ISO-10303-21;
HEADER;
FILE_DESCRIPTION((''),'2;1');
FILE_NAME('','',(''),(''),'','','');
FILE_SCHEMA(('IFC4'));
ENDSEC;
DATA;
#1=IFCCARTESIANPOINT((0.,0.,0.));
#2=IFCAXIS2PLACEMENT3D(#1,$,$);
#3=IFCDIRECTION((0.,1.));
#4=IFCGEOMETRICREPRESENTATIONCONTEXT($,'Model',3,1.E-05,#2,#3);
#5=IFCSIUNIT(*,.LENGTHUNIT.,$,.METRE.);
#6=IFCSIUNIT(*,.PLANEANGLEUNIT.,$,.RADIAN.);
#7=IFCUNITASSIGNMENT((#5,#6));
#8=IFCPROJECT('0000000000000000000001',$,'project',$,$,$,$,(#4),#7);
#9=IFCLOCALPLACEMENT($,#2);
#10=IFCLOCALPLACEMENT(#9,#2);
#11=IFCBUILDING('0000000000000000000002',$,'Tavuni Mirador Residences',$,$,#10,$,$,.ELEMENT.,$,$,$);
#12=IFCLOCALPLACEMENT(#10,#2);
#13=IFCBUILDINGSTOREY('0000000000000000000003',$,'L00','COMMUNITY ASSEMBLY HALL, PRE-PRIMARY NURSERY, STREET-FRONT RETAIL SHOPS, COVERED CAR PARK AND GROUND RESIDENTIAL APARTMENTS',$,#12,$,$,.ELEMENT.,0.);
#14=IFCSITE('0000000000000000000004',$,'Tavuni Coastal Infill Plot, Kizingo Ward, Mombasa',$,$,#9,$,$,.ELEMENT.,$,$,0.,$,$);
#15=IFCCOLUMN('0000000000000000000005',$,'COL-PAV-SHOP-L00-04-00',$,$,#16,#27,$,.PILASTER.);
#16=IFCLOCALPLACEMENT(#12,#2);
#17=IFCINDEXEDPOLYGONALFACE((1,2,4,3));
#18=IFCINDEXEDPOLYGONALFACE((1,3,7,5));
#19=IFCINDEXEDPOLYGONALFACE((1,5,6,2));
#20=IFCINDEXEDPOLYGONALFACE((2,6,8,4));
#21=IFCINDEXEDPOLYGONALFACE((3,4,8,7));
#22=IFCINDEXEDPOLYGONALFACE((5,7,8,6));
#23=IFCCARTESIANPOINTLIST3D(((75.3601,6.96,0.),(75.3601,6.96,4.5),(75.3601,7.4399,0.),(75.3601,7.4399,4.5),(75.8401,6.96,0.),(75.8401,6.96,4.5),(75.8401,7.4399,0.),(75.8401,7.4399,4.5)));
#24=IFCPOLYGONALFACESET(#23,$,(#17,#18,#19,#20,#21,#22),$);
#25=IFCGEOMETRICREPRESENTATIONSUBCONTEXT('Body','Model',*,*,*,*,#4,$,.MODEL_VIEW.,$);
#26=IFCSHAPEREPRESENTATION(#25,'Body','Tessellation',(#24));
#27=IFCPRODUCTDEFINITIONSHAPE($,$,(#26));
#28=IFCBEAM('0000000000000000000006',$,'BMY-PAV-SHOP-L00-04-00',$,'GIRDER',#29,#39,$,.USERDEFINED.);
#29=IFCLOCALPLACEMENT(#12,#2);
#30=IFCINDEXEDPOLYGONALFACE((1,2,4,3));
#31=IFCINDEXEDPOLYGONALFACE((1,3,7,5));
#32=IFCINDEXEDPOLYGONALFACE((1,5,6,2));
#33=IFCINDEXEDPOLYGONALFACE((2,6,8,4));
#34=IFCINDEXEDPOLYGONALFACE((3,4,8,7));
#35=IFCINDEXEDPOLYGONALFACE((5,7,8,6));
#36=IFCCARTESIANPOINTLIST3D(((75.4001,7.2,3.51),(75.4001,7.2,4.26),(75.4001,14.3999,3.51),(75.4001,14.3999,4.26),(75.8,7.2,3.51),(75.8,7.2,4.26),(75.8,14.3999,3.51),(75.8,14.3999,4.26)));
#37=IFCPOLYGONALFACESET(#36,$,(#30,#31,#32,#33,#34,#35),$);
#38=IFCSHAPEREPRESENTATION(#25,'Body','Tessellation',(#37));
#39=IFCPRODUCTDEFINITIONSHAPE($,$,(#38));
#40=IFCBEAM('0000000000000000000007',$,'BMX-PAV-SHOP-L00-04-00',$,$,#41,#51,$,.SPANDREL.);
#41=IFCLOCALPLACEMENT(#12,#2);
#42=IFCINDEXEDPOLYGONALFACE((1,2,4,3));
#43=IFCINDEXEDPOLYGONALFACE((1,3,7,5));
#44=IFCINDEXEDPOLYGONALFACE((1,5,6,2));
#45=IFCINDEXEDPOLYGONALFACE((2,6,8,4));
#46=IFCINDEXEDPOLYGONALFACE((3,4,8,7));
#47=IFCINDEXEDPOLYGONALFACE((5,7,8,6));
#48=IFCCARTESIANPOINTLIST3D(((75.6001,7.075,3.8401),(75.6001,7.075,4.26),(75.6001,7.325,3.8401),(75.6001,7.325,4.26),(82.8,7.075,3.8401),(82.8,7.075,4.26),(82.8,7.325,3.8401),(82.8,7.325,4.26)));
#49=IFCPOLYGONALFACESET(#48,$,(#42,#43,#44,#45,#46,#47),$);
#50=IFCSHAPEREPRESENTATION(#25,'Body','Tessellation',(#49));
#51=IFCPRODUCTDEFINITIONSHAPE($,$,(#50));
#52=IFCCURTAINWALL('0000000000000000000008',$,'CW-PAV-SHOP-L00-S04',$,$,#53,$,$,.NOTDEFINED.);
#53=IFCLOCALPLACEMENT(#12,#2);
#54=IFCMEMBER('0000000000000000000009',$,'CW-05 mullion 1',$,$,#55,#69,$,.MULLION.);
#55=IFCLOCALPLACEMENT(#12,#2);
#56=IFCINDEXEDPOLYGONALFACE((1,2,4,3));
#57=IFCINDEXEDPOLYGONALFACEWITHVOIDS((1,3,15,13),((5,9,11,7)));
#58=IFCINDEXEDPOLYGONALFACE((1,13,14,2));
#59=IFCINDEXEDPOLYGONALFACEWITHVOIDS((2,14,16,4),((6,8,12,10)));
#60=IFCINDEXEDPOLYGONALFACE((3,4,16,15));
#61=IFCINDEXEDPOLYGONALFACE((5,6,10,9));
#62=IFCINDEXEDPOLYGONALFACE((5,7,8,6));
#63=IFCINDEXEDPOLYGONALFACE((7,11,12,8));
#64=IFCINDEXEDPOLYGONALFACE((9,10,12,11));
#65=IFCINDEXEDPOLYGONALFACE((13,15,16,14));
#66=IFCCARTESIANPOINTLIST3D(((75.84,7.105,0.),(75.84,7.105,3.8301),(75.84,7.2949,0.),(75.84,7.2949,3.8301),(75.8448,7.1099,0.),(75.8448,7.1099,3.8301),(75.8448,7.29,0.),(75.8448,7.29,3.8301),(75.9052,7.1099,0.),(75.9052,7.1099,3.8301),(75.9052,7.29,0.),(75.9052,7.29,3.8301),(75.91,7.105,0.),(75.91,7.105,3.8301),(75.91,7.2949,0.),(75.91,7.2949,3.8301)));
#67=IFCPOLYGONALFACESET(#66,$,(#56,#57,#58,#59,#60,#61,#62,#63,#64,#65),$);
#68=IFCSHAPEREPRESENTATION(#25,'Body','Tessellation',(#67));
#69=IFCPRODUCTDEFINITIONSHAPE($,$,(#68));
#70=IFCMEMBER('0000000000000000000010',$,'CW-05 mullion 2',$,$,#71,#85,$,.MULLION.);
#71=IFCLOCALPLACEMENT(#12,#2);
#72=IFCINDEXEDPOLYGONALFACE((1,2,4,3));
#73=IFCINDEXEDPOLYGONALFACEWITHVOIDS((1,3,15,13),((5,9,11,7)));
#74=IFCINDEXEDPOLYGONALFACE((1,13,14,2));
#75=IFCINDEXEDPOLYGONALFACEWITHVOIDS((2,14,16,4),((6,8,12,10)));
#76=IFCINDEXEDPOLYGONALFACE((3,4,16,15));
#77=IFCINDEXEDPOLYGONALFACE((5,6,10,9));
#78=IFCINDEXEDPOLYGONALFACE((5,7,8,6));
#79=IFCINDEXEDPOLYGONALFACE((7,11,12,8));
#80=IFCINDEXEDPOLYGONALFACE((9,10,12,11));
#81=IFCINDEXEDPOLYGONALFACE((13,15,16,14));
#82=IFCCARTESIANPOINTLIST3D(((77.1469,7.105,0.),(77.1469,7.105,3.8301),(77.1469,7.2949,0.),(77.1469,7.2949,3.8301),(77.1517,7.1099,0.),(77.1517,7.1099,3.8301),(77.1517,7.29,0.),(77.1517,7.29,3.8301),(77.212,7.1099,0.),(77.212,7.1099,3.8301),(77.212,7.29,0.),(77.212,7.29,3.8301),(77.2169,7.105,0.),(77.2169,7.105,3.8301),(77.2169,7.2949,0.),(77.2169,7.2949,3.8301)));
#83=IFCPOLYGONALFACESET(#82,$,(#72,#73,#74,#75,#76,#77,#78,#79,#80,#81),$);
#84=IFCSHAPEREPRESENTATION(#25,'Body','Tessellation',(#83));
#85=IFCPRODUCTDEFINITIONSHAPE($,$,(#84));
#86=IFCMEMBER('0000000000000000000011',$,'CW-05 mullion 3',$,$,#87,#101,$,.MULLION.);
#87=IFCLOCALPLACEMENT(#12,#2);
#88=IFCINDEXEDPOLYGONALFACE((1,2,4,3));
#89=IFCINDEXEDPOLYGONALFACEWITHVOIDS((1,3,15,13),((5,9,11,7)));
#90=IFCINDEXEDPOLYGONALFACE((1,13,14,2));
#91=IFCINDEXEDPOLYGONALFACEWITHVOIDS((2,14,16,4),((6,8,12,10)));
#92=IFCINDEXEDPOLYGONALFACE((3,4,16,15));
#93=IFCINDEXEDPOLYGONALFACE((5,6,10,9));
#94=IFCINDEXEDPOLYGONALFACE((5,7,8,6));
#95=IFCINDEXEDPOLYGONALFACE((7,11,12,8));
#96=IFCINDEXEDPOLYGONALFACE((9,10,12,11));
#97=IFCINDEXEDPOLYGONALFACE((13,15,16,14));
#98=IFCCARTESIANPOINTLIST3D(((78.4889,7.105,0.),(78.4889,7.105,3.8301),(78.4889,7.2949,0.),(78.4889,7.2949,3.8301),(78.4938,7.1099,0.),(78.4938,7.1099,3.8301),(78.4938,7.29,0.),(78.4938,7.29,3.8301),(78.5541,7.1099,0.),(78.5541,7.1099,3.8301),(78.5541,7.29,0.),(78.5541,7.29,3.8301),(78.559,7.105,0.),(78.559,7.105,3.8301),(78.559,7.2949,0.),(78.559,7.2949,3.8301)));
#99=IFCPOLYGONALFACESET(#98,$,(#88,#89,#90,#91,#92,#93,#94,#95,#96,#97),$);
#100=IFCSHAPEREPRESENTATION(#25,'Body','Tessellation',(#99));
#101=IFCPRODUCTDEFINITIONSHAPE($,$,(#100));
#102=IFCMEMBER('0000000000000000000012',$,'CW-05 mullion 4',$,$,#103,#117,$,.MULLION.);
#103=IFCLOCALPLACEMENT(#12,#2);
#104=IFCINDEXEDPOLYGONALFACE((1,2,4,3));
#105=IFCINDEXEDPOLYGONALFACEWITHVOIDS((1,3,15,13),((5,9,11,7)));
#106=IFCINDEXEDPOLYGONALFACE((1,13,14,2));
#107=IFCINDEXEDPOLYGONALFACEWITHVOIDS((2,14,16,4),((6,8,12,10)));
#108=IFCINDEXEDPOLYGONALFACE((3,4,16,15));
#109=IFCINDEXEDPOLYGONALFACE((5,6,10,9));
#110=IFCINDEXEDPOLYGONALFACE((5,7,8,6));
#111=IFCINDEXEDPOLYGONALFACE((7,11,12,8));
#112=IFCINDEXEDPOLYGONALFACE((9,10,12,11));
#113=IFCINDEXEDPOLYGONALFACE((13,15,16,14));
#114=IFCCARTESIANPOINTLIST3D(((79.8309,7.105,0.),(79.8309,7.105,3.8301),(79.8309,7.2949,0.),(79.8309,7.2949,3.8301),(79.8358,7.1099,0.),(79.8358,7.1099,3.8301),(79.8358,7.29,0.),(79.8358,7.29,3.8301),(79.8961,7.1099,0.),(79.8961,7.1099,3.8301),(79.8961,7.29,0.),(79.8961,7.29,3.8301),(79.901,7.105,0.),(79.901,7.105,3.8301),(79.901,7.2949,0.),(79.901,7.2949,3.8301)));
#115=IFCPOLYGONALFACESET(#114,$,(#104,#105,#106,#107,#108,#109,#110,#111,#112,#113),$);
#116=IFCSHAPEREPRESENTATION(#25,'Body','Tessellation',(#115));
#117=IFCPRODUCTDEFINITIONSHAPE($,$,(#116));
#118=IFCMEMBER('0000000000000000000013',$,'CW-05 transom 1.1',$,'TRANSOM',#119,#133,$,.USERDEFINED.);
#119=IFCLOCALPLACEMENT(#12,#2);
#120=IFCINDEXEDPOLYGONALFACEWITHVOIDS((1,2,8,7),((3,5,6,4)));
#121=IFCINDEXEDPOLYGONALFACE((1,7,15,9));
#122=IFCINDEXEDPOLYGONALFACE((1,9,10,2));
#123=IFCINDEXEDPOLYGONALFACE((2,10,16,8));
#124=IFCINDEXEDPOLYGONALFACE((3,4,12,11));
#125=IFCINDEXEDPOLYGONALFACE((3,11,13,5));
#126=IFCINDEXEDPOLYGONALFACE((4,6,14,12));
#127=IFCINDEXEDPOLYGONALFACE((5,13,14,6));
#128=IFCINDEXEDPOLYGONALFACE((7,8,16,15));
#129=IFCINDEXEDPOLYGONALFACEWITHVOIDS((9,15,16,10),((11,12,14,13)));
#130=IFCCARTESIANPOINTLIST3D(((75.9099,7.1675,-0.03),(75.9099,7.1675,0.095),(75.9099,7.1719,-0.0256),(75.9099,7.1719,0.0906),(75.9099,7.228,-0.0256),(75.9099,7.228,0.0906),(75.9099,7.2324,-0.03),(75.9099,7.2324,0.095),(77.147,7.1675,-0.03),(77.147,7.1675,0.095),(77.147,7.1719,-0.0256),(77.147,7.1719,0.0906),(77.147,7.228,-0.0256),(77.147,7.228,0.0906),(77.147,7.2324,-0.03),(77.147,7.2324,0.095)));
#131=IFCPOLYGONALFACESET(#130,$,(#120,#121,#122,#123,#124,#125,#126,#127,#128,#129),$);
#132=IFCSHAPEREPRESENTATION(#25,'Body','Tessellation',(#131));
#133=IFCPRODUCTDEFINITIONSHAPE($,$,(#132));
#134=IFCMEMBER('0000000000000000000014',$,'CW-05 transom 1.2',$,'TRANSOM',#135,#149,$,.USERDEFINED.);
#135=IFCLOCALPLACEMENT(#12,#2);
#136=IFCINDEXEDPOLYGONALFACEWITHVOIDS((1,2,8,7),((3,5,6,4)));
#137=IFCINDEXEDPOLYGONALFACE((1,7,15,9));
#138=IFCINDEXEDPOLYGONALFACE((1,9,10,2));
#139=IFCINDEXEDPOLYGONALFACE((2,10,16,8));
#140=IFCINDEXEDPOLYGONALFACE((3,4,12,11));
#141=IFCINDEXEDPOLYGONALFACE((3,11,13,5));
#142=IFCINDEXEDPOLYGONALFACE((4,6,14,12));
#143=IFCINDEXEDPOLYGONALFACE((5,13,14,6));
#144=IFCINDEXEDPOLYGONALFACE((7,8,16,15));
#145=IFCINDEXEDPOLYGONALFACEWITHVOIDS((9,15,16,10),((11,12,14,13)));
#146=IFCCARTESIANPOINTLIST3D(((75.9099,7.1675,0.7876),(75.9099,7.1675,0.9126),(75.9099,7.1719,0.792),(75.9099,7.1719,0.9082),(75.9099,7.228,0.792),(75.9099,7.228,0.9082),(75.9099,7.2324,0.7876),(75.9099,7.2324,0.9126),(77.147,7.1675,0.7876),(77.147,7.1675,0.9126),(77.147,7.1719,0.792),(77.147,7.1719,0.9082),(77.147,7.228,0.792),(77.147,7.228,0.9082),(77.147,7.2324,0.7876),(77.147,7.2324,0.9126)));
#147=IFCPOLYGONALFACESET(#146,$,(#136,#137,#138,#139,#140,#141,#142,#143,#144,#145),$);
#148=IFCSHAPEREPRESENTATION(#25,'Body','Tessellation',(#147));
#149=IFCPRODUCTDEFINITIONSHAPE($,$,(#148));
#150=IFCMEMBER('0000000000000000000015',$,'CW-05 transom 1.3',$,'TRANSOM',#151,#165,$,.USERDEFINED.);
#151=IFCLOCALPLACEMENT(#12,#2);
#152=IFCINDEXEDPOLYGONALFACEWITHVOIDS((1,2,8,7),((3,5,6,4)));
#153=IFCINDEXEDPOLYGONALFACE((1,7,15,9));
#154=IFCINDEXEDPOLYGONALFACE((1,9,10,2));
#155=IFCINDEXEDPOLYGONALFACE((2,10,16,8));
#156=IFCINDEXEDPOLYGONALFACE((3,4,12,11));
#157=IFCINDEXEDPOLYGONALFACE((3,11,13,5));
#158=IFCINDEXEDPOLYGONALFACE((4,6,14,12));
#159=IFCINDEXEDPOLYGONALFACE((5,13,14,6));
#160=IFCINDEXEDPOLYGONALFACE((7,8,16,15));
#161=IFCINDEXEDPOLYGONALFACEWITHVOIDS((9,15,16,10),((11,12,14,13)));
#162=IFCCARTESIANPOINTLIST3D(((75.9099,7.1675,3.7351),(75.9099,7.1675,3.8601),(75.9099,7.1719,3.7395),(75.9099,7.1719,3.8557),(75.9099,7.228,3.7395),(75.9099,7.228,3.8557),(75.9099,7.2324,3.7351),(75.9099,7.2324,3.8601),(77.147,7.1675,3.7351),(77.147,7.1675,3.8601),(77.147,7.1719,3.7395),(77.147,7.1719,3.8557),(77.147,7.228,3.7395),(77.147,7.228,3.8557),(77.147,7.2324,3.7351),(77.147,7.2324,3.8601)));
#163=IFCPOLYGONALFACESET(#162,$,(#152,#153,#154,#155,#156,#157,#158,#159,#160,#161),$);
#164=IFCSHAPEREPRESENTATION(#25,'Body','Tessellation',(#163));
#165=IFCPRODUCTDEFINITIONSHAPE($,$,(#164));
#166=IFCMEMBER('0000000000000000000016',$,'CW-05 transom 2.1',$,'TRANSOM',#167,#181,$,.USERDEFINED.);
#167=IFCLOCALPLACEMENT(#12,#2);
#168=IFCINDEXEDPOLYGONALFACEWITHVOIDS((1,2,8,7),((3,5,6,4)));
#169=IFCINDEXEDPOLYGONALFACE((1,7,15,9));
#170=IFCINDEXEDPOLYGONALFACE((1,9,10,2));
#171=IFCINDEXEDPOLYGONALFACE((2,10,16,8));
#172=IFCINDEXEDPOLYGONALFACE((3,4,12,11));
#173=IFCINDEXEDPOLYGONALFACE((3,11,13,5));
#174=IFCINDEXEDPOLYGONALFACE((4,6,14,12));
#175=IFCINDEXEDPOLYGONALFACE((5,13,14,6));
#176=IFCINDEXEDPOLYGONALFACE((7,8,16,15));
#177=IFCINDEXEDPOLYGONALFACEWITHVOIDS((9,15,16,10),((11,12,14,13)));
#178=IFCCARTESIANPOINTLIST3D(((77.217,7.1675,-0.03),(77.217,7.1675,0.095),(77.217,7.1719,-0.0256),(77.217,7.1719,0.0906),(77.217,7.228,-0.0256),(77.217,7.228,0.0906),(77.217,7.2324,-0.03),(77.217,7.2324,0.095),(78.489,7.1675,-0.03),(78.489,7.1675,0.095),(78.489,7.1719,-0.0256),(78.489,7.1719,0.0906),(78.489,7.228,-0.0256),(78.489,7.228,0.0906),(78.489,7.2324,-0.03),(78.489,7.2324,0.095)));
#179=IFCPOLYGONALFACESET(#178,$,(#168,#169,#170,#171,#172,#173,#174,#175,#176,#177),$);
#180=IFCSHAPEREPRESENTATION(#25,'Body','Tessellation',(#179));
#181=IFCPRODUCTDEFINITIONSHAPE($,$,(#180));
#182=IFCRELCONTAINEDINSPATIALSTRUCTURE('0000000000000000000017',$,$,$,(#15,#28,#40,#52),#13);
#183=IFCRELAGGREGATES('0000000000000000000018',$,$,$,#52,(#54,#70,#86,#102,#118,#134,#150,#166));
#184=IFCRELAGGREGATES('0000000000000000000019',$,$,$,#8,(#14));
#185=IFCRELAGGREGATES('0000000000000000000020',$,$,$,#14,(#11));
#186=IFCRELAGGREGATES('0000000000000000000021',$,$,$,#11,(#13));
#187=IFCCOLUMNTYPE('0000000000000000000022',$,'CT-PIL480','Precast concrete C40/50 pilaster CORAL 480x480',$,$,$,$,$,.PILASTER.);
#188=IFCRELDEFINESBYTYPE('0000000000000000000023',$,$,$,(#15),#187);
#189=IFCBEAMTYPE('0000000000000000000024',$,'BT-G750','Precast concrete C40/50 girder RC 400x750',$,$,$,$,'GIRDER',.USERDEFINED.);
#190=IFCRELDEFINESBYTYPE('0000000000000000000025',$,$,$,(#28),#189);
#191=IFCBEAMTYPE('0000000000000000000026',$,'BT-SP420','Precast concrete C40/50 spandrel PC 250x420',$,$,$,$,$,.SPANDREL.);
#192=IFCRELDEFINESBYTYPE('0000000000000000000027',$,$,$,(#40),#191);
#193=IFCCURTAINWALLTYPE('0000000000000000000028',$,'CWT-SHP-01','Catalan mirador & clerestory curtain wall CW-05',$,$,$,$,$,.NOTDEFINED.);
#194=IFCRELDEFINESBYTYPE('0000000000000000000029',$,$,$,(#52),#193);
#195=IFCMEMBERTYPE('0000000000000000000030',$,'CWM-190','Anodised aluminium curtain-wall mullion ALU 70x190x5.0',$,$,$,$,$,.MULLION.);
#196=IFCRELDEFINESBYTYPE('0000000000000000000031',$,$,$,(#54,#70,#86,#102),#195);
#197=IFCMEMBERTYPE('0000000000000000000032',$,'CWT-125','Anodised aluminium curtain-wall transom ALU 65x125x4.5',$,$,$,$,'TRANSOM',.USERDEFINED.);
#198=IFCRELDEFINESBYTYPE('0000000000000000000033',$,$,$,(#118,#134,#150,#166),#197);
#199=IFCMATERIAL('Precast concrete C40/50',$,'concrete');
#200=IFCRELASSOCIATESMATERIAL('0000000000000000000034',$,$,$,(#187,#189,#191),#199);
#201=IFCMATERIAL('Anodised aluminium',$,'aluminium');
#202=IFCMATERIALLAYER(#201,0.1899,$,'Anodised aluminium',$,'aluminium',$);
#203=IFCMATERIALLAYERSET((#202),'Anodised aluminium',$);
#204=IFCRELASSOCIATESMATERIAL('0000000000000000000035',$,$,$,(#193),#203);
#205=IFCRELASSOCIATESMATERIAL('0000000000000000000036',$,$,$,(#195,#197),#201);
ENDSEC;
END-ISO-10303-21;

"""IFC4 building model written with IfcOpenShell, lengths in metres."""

from ifc_helpers import new_model, si_unit, direction, frame, origin, origin_2d, place, context, subcontext, project, spatial, rectangle, hollow_rectangle, extrude, material, layer, layer_set, material_profile, profile_set, type_object, element, aggregate, save


model = new_model("IFC4")

# Units and contexts
model_context = context("Model", 3, precision=1e-05, world=origin(), true_north=direction((0.0, 1.0)))
body_context = subcontext(model_context, "Body", "Model", "MODEL_VIEW")
ifc_project = project(units=[si_unit("LENGTHUNIT", "METRE"), si_unit("PLANEANGLEUNIT", "RADIAN")], contexts=[model_context])

# Site, building, storey
site_placement = place(None, origin())
site = spatial("IfcSite", under=ifc_project, at=site_placement, Name="Tavuni Coastal Infill Plot, Kizingo Ward, Mombasa", CompositionType="ELEMENT", RefElevation=0.0)
building_placement = place(site_placement, origin())
building = spatial("IfcBuilding", under=site, at=building_placement, Name="Tavuni Mirador Residences", CompositionType="ELEMENT")
storey_placement = place(building_placement, origin())
storey = spatial("IfcBuildingStorey", under=building, at=storey_placement, Name="L00", Description="COMMUNITY ASSEMBLY HALL, PRE-PRIMARY NURSERY, STREET-FRONT RETAIL SHOPS, COVERED CAR PARK AND GROUND RESIDENTIAL APARTMENTS", CompositionType="ELEMENT", Elevation=0.0)

# Column
ifc_material_1 = material(Name="Precast concrete C40/50", Category="concrete")
ifc_material_profile_1 = material_profile(ifc_material_1, rectangle(XDim=0.48, YDim=0.48, at=origin_2d()), Name="CORAL 480x480", Category="concrete")
ifc_profile_set_1 = profile_set([ifc_material_profile_1], Name="Precast concrete C40/50")
column_type = type_object("IfcColumnType", Name="CT-PIL480", Description="Precast concrete C40/50 pilaster CORAL 480x480", PredefinedType="PILASTER", material=ifc_profile_set_1)
column_placement = place(storey_placement, frame((75.6001, 7.2, 0.0), z_axis=(0.0, 0.0, 1.0), x_axis=(1.0, 0.0, 0.0)))
element("IfcColumn", 1, at=column_placement, inside=storey, type_object=column_type, Name="COL-PAV-SHOP-L00-04-00", PredefinedType="PILASTER", context=body_context, shape_type="SweptSolid", body=[
    extrude(rectangle(XDim=0.48, YDim=0.48, at=origin_2d()), origin(), (0.0, 0.0, 1.0), 4.5),
])

# Beams
ifc_material_profile_2 = material_profile(ifc_material_1, rectangle(XDim=0.3999, YDim=0.75, at=origin_2d()), Name="RC 400x750", Category="concrete")
ifc_profile_set_2 = profile_set([ifc_material_profile_2], Name="Precast concrete C40/50")
beam_type_1 = type_object("IfcBeamType", Name="BT-G750", Description="Precast concrete C40/50 girder RC 400x750", ElementType="GIRDER", PredefinedType="USERDEFINED", material=ifc_profile_set_2)
beam_1_placement = place(storey_placement, frame((75.6001, 7.2, 3.885), z_axis=(0.0, 1.0, 0.0), x_axis=(-1.0, 0.0, 0.0)))
element("IfcBeam", 2, at=beam_1_placement, inside=storey, type_object=beam_type_1, Name="BMY-PAV-SHOP-L00-04-00", ObjectType="GIRDER", PredefinedType="USERDEFINED", context=body_context, shape_type="SweptSolid", body=[
    extrude(rectangle(XDim=0.3999, YDim=0.75, at=origin_2d()), origin(), (0.0, 0.0, 1.0), 7.2),
])
ifc_material_profile_3 = material_profile(ifc_material_1, rectangle(XDim=0.25, YDim=0.4199, at=origin_2d()), Name="PC 250x420", Category="concrete")
ifc_profile_set_3 = profile_set([ifc_material_profile_3], Name="Precast concrete C40/50")
beam_type_2 = type_object("IfcBeamType", Name="BT-SP420", Description="Precast concrete C40/50 spandrel PC 250x420", PredefinedType="SPANDREL", material=ifc_profile_set_3)
beam_2_placement = place(storey_placement, frame((75.6001, 7.2, 4.05), z_axis=(1.0, 0.0, 0.0), x_axis=(0.0, 1.0, 0.0)))
element("IfcBeam", 3, at=beam_2_placement, inside=storey, type_object=beam_type_2, Name="BMX-PAV-SHOP-L00-04-00", PredefinedType="SPANDREL", context=body_context, shape_type="SweptSolid", body=[
    extrude(rectangle(XDim=0.25, YDim=0.4199, at=origin_2d()), origin(), (0.0, 0.0, 1.0), 7.2),
])

# Curtain wall, members
ifc_material_2 = material(Name="Anodised aluminium", Category="aluminium")
ifc_layer_1 = layer(ifc_material_2, 0.1899, Name="Anodised aluminium", Category="aluminium")
ifc_layer_set_1 = layer_set([ifc_layer_1], Name="Anodised aluminium")
curtain_wall_type = type_object("IfcCurtainWallType", Name="CWT-SHP-01", Description="Catalan mirador & clerestory curtain wall CW-05", PredefinedType="NOTDEFINED", material=ifc_layer_set_1)
curtain_wall_placement = place(storey_placement, origin())
curtain_wall = element("IfcCurtainWall", 4, at=curtain_wall_placement, inside=storey, type_object=curtain_wall_type, Name="CW-PAV-SHOP-L00-S04", PredefinedType="NOTDEFINED")
ifc_material_profile_4 = material_profile(ifc_material_2, hollow_rectangle(XDim=0.0701, YDim=0.1899, WallThickness=0.0049, at=origin_2d()), Name="ALU 70x190x5.0", Category="aluminium")
ifc_profile_set_4 = profile_set([ifc_material_profile_4], Name="Anodised aluminium")
member_type_1 = type_object("IfcMemberType", Name="CWM-190", Description="Anodised aluminium curtain-wall mullion ALU 70x190x5.0", PredefinedType="MULLION", material=ifc_profile_set_4)
member_1_placement = place(storey_placement, frame((75.875, 7.2, 0.0), z_axis=(0.0, 0.0, 1.0), x_axis=(1.0, 0.0, 0.0)))
member_1 = element("IfcMember", 5, at=member_1_placement, type_object=member_type_1, Name="CW-05 mullion 1", PredefinedType="MULLION", context=body_context, shape_type="SweptSolid", body=[
    extrude(hollow_rectangle(XDim=0.0701, YDim=0.1899, WallThickness=0.0049, at=origin_2d()), origin(), (0.0, 0.0, 1.0), 3.8301),
])
member_2_placement = place(storey_placement, frame((77.1819, 7.2, 0.0), z_axis=(0.0, 0.0, 1.0), x_axis=(1.0, 0.0, 0.0)))
member_2 = element("IfcMember", 6, at=member_2_placement, type_object=member_type_1, Name="CW-05 mullion 2", PredefinedType="MULLION", context=body_context, shape_type="SweptSolid", body=[
    extrude(hollow_rectangle(XDim=0.0701, YDim=0.1899, WallThickness=0.0049, at=origin_2d()), origin(), (0.0, 0.0, 1.0), 3.8301),
])
member_3_placement = place(storey_placement, frame((78.5239, 7.2, 0.0), z_axis=(0.0, 0.0, 1.0), x_axis=(1.0, 0.0, 0.0)))
member_3 = element("IfcMember", 7, at=member_3_placement, type_object=member_type_1, Name="CW-05 mullion 3", PredefinedType="MULLION", context=body_context, shape_type="SweptSolid", body=[
    extrude(hollow_rectangle(XDim=0.0701, YDim=0.1899, WallThickness=0.0049, at=origin_2d()), origin(), (0.0, 0.0, 1.0), 3.8301),
])
member_4_placement = place(storey_placement, frame((79.866, 7.2, 0.0), z_axis=(0.0, 0.0, 1.0), x_axis=(1.0, 0.0, 0.0)))
member_4 = element("IfcMember", 8, at=member_4_placement, type_object=member_type_1, Name="CW-05 mullion 4", PredefinedType="MULLION", context=body_context, shape_type="SweptSolid", body=[
    extrude(hollow_rectangle(XDim=0.0701, YDim=0.1899, WallThickness=0.0049, at=origin_2d()), origin(), (0.0, 0.0, 1.0), 3.8301),
])
ifc_material_profile_5 = material_profile(ifc_material_2, hollow_rectangle(XDim=0.0649, YDim=0.125, WallThickness=0.0044, at=origin_2d()), Name="ALU 65x125x4.5", Category="aluminium")
ifc_profile_set_5 = profile_set([ifc_material_profile_5], Name="Anodised aluminium")
member_type_2 = type_object("IfcMemberType", Name="CWT-125", Description="Anodised aluminium curtain-wall transom ALU 65x125x4.5", ElementType="TRANSOM", PredefinedType="USERDEFINED", material=ifc_profile_set_5)
member_5_placement = place(storey_placement, frame((75.9099, 7.2, 0.0325), z_axis=(1.0, 0.0, 0.0), x_axis=(0.0, 1.0, 0.0)))
member_5 = element("IfcMember", 9, at=member_5_placement, type_object=member_type_2, Name="CW-05 transom 1.1", ObjectType="TRANSOM", PredefinedType="USERDEFINED", context=body_context, shape_type="SweptSolid", body=[
    extrude(hollow_rectangle(XDim=0.0649, YDim=0.125, WallThickness=0.0044, at=origin_2d()), origin(), (0.0, 0.0, 1.0), 1.2371),
])
member_6_placement = place(storey_placement, frame((75.9099, 7.2, 0.8501), z_axis=(1.0, 0.0, 0.0), x_axis=(0.0, 1.0, 0.0)))
member_6 = element("IfcMember", 10, at=member_6_placement, type_object=member_type_2, Name="CW-05 transom 1.2", ObjectType="TRANSOM", PredefinedType="USERDEFINED", context=body_context, shape_type="SweptSolid", body=[
    extrude(hollow_rectangle(XDim=0.0649, YDim=0.125, WallThickness=0.0044, at=origin_2d()), origin(), (0.0, 0.0, 1.0), 1.2371),
])
member_7_placement = place(storey_placement, frame((75.9099, 7.2, 3.7976), z_axis=(1.0, 0.0, 0.0), x_axis=(0.0, 1.0, 0.0)))
member_7 = element("IfcMember", 11, at=member_7_placement, type_object=member_type_2, Name="CW-05 transom 1.3", ObjectType="TRANSOM", PredefinedType="USERDEFINED", context=body_context, shape_type="SweptSolid", body=[
    extrude(hollow_rectangle(XDim=0.0649, YDim=0.125, WallThickness=0.0044, at=origin_2d()), origin(), (0.0, 0.0, 1.0), 1.2371),
])
member_8_placement = place(storey_placement, frame((77.217, 7.2, 0.0325), z_axis=(1.0, 0.0, 0.0), x_axis=(0.0, 1.0, 0.0)))
member_8 = element("IfcMember", 12, at=member_8_placement, type_object=member_type_2, Name="CW-05 transom 2.1", ObjectType="TRANSOM", PredefinedType="USERDEFINED", context=body_context, shape_type="SweptSolid", body=[
    extrude(hollow_rectangle(XDim=0.0649, YDim=0.125, WallThickness=0.0044, at=origin_2d()), origin(), (0.0, 0.0, 1.0), 1.272),
])

aggregate(curtain_wall, [member_1, member_2, member_3, member_4, member_5, member_6, member_7, member_8])

save(model, "model.ifc")
